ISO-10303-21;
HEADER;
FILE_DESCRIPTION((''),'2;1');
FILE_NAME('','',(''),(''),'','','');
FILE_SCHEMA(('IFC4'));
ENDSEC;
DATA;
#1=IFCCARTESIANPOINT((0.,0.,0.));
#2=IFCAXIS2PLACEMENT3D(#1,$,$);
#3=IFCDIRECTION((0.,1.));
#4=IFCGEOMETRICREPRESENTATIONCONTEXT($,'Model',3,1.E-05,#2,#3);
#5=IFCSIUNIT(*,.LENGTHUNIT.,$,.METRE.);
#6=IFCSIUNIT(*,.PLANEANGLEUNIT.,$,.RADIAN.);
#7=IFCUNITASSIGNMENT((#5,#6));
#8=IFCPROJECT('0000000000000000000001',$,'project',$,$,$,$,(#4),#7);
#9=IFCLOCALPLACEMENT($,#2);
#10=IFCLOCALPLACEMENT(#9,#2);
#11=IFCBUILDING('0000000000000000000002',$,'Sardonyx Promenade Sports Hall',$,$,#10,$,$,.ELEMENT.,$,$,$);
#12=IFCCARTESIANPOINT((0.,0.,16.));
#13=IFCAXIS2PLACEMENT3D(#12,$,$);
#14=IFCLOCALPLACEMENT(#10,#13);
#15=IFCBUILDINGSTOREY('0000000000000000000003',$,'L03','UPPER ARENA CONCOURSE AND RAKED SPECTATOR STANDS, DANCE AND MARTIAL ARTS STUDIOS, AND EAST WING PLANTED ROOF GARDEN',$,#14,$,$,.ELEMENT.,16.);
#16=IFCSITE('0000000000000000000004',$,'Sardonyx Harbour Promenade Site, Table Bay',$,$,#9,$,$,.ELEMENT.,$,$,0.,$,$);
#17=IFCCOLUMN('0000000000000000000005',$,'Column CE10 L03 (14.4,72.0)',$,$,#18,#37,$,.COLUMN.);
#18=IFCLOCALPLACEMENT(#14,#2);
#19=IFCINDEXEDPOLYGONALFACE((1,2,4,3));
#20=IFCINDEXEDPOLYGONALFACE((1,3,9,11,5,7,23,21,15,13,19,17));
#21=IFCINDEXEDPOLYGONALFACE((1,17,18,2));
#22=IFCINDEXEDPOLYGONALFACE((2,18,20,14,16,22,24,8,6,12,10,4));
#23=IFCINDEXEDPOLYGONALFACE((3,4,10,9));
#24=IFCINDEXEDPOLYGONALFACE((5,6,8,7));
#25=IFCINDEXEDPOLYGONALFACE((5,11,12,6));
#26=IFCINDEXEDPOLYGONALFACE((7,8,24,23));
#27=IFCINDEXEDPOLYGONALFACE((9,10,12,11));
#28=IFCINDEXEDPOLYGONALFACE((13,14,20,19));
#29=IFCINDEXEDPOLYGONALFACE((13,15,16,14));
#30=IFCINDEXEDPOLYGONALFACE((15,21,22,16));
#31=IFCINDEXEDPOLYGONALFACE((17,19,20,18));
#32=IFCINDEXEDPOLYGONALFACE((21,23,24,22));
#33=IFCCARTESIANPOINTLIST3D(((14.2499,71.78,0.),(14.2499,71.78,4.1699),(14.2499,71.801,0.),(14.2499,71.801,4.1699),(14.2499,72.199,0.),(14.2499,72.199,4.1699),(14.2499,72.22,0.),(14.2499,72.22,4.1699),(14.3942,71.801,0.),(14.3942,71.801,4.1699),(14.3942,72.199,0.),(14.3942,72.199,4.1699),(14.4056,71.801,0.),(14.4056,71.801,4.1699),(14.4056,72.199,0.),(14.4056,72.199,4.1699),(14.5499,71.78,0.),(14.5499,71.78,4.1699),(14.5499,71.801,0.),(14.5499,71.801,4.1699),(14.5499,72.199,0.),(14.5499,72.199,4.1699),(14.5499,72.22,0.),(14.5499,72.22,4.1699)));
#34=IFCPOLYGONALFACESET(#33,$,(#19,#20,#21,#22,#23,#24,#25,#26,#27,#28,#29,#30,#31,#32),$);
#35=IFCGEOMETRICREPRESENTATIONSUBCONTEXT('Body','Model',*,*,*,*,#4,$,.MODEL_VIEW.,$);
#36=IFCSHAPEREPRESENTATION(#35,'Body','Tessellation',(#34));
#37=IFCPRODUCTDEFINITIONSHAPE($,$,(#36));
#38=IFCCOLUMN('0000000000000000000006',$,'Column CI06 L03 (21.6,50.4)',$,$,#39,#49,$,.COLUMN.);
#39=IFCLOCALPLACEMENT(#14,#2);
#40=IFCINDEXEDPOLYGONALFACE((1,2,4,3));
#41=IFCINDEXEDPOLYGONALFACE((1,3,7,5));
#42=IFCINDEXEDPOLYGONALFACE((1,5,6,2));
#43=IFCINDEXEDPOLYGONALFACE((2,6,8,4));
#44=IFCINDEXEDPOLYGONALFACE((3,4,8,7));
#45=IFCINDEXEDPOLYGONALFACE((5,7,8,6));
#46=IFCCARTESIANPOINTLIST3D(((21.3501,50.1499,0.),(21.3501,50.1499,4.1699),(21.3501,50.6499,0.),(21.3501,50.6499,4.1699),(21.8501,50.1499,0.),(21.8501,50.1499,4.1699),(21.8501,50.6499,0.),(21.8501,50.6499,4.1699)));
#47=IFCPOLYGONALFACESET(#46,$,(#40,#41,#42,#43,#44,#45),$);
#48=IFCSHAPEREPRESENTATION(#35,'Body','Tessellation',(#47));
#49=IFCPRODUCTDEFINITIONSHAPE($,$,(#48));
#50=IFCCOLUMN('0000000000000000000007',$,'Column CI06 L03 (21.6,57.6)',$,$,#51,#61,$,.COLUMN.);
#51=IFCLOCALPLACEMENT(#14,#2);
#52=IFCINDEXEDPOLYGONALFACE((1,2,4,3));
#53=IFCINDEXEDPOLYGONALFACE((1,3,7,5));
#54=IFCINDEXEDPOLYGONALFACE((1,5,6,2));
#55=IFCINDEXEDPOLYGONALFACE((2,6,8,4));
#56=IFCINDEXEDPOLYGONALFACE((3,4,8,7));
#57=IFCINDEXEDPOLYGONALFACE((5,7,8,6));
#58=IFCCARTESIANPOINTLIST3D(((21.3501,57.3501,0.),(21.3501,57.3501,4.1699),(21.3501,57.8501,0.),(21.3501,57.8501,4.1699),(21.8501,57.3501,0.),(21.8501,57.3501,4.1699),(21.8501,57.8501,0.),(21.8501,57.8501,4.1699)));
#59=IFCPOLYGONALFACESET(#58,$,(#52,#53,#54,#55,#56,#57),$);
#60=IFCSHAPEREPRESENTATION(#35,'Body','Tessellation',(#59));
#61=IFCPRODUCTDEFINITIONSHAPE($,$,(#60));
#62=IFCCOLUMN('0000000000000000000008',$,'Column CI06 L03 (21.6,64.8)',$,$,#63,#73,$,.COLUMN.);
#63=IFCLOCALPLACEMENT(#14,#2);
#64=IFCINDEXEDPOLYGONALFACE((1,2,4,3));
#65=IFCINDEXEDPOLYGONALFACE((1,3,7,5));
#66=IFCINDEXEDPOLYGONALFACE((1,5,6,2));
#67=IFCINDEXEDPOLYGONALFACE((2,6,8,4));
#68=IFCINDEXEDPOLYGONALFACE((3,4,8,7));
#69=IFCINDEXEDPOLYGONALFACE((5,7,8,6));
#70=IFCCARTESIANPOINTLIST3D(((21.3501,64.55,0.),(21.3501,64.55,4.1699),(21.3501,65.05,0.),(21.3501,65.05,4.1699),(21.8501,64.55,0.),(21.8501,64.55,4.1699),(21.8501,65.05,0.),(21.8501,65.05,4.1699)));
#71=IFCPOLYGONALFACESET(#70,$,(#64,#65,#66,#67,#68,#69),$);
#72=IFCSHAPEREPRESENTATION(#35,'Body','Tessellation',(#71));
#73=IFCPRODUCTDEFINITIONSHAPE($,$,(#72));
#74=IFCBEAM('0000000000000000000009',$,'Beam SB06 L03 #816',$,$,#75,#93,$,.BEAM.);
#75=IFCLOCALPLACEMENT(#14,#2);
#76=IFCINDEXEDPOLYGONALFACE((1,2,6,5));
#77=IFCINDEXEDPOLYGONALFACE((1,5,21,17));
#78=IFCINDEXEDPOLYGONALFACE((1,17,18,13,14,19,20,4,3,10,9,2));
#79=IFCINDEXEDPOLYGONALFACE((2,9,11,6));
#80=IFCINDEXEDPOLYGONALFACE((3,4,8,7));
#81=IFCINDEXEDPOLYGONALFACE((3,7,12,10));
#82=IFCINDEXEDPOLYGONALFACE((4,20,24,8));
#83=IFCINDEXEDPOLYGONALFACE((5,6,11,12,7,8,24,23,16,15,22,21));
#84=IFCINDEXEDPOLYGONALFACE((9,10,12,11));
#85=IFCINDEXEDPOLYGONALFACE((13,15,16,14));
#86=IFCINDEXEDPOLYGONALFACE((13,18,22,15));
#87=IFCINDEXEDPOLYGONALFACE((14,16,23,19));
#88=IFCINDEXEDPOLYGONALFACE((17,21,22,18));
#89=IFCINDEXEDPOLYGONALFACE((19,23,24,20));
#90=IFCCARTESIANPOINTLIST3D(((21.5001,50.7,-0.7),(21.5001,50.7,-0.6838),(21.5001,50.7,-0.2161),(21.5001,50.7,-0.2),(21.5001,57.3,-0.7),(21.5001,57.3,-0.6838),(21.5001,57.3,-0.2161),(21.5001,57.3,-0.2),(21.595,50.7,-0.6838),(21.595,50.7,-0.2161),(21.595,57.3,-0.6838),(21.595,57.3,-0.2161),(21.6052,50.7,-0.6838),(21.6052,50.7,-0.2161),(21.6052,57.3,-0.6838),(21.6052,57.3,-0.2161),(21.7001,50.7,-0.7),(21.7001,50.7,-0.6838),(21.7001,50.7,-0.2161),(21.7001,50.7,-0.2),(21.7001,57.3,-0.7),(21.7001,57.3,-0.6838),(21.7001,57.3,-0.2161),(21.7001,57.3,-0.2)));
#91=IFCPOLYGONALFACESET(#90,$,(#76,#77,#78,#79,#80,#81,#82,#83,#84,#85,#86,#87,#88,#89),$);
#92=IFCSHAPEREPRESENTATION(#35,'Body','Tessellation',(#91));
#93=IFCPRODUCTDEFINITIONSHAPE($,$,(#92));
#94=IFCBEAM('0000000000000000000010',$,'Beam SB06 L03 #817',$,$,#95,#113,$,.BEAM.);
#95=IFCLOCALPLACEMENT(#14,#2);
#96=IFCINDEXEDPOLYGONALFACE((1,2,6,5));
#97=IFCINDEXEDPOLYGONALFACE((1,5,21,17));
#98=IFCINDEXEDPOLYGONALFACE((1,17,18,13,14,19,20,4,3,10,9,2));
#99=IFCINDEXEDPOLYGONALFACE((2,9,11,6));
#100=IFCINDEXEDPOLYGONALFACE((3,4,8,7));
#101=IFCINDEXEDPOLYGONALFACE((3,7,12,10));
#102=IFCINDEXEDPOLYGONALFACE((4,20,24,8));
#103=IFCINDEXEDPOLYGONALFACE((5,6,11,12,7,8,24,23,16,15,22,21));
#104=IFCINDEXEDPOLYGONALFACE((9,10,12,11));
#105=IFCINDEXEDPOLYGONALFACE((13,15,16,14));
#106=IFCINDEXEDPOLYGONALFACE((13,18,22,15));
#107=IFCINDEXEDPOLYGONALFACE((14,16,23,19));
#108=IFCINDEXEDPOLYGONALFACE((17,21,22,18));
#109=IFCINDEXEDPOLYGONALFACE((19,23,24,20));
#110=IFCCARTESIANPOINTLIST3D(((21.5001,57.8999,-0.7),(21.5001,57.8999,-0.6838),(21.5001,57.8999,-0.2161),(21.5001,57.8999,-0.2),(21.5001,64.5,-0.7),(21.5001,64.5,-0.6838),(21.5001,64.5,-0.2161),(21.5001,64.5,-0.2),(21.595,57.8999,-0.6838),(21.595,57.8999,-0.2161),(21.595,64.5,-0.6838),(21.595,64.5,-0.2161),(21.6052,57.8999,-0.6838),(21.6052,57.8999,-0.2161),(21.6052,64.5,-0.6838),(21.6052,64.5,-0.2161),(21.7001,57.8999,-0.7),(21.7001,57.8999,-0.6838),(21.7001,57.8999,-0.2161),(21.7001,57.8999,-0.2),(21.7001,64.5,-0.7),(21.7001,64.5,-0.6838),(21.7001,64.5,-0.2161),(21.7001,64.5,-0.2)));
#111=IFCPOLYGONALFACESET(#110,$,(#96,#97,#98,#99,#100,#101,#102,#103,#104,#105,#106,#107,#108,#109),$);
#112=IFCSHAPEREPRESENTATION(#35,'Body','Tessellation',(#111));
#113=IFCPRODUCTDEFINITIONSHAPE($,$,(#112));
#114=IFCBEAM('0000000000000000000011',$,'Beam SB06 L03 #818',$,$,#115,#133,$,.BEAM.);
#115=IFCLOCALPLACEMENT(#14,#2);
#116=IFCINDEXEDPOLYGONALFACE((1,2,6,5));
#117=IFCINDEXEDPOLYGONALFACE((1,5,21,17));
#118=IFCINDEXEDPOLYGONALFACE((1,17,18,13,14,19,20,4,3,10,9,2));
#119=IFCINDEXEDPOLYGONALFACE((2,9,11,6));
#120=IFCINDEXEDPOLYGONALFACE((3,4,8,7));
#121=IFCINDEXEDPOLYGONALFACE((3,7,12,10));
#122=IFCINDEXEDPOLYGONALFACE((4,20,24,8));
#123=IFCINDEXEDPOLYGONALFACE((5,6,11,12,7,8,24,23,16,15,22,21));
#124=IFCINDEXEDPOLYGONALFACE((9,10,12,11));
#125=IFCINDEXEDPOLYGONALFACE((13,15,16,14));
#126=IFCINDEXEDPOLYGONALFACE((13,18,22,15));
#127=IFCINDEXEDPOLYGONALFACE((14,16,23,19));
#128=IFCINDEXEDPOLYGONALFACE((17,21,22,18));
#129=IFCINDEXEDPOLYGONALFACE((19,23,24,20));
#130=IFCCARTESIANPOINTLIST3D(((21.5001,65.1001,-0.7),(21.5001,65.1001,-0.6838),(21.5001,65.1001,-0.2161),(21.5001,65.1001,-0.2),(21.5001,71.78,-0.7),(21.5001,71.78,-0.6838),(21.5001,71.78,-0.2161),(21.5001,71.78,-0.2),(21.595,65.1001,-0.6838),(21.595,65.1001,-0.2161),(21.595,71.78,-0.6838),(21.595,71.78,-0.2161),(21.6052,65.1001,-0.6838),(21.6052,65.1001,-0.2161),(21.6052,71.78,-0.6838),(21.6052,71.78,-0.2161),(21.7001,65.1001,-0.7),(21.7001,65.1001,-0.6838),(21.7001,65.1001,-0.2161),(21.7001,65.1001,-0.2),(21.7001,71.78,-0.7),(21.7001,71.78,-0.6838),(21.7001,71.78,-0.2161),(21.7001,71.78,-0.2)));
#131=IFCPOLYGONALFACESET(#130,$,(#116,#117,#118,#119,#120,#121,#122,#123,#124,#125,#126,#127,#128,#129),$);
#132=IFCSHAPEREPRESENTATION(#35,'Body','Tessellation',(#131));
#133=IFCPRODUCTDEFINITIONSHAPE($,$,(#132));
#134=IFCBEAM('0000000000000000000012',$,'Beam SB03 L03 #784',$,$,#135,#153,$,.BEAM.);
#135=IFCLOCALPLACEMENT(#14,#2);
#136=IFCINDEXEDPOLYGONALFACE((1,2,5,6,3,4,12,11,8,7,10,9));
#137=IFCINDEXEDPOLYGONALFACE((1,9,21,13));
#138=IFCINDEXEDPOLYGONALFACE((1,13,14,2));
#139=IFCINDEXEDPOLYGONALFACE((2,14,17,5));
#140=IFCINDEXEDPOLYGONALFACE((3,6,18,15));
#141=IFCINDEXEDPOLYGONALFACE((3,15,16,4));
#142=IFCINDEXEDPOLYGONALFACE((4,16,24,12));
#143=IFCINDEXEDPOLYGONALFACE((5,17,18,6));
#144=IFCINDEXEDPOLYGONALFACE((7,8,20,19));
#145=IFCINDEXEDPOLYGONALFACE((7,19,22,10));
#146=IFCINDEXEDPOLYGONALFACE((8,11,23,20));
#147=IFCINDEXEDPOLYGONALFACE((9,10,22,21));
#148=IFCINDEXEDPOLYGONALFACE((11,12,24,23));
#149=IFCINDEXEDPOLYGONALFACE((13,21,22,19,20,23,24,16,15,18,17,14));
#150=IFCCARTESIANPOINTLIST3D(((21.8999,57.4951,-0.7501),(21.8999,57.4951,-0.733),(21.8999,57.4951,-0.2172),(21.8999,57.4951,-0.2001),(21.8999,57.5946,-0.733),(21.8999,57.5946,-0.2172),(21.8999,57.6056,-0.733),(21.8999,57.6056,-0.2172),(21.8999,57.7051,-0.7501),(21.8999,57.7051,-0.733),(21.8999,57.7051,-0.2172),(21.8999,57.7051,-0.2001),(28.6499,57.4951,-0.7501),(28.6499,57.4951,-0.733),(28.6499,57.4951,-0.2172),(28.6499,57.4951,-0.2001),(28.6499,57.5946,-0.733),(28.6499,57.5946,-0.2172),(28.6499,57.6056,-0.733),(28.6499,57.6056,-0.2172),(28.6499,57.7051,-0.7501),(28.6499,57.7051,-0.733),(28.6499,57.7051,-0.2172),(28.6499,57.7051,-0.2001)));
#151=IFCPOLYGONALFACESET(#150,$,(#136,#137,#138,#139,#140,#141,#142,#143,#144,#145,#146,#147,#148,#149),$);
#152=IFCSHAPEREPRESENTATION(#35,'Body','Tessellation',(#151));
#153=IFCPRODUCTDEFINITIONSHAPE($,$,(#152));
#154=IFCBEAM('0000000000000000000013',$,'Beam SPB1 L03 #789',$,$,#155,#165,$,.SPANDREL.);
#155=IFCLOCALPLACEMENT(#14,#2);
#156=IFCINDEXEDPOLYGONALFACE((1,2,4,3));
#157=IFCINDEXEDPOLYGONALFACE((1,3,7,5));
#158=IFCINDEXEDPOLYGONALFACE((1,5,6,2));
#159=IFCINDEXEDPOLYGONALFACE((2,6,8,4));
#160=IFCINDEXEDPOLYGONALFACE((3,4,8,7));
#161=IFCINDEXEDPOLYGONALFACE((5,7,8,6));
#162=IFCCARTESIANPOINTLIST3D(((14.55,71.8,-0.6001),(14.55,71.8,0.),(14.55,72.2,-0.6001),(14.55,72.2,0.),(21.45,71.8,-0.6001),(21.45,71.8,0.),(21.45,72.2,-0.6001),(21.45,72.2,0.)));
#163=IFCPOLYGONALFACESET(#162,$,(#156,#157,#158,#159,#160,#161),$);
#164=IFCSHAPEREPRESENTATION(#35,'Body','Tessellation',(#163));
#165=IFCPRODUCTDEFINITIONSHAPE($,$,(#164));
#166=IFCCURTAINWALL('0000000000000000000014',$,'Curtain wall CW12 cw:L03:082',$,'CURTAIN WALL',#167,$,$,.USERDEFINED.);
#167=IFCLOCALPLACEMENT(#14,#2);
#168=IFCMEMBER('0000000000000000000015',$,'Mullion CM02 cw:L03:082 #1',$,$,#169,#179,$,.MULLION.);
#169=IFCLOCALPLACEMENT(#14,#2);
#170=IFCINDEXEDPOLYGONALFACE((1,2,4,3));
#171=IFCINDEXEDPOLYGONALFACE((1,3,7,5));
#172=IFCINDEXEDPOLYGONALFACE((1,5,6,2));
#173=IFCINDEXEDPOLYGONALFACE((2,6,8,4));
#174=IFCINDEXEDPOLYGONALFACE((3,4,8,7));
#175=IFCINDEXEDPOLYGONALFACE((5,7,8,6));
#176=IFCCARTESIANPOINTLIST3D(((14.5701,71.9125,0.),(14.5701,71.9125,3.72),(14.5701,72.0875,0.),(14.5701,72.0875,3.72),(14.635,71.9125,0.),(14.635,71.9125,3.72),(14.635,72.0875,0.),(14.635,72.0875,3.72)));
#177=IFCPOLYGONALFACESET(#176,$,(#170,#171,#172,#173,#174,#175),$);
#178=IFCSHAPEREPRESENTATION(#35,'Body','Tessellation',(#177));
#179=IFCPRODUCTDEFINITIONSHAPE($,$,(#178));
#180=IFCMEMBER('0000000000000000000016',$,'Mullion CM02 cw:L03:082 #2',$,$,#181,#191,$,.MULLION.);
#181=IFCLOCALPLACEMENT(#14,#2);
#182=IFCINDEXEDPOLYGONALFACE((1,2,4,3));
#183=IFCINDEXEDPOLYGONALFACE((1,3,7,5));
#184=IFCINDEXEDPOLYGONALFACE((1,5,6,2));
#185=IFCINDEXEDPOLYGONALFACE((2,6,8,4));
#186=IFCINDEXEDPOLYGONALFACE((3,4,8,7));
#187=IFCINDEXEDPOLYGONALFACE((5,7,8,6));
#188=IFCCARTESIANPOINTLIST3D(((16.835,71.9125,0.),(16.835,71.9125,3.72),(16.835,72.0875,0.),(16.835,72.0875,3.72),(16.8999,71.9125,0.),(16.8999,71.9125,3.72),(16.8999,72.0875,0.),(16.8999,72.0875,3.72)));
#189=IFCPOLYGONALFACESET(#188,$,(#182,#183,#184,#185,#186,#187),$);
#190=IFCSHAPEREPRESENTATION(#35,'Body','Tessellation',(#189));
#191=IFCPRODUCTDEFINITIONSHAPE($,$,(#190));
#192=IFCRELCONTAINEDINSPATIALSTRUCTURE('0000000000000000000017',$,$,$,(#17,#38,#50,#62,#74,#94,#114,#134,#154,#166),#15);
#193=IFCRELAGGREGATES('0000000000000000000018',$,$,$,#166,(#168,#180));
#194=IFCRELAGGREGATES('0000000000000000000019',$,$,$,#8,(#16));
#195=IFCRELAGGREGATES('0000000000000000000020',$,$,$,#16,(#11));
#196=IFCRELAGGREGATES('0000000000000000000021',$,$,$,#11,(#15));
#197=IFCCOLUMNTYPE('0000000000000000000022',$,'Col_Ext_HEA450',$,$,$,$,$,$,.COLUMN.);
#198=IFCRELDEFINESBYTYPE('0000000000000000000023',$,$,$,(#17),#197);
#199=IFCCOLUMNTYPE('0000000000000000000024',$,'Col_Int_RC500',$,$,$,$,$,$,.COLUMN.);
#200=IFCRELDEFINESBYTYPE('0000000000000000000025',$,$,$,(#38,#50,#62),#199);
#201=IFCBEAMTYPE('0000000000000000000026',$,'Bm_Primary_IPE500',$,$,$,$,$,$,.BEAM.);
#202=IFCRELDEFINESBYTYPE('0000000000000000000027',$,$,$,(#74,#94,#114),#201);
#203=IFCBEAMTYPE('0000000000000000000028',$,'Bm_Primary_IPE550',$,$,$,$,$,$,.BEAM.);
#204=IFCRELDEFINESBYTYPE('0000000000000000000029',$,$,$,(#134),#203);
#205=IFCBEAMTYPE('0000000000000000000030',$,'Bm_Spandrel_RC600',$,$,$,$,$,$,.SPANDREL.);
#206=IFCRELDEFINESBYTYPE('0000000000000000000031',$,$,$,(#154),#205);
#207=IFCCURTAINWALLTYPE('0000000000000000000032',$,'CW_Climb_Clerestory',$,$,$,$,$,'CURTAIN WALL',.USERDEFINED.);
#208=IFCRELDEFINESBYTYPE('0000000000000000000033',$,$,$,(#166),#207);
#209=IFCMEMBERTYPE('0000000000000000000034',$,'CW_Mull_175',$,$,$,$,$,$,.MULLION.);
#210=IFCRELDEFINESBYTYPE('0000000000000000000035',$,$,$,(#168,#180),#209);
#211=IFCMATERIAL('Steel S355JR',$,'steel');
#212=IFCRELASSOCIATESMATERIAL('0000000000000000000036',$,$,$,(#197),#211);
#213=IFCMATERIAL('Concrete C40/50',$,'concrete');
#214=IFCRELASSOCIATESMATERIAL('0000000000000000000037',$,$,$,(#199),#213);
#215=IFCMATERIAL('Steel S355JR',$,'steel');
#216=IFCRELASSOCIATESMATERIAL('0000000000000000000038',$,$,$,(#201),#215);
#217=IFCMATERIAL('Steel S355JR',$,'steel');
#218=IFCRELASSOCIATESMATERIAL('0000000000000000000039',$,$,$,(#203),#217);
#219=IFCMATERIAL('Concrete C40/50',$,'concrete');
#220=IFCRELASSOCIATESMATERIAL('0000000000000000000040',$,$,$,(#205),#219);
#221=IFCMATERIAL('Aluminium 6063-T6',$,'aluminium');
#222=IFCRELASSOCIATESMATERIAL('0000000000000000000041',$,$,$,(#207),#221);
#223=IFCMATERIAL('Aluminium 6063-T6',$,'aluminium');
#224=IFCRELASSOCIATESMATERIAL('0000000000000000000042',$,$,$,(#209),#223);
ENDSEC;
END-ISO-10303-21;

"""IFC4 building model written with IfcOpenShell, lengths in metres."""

from ifc_helpers import new_model, si_unit, direction, frame, origin, origin_2d, place, context, subcontext, project, spatial, rectangle, i_section, extrude, material, material_profile, profile_set, type_object, element, aggregate, save


model = new_model("IFC4")

# Units and contexts
model_context = context("Model", 3, precision=1e-05, world=origin(), true_north=direction((0.0, 1.0)))
body_context = subcontext(model_context, "Body", "Model", "MODEL_VIEW")
ifc_project = project(units=[si_unit("LENGTHUNIT", "METRE"), si_unit("PLANEANGLEUNIT", "RADIAN")], contexts=[model_context])

# Site, building, storey
site_placement = place(None, origin())
site = spatial("IfcSite", under=ifc_project, at=site_placement, Name="Sardonyx Harbour Promenade Site, Table Bay", CompositionType="ELEMENT", RefElevation=0.0)
building_placement = place(site_placement, origin())
building = spatial("IfcBuilding", under=site, at=building_placement, Name="Sardonyx Promenade Sports Hall", CompositionType="ELEMENT")
storey_placement = place(building_placement, frame((0.0, 0.0, 16.0)))
storey = spatial("IfcBuildingStorey", under=building, at=storey_placement, Name="L03", Description="UPPER ARENA CONCOURSE AND RAKED SPECTATOR STANDS, DANCE AND MARTIAL ARTS STUDIOS, AND EAST WING PLANTED ROOF GARDEN", CompositionType="ELEMENT", Elevation=16.0)

# Columns
ifc_material_1 = material(Name="Steel S355JR", Category="steel")
ifc_material_profile_1 = material_profile(ifc_material_1, i_section(OverallWidth=0.3, OverallDepth=0.4399, WebThickness=0.0115, FlangeThickness=0.021, at=origin_2d()))
ifc_profile_set_1 = profile_set([ifc_material_profile_1], Name="Steel S355JR")
column_type_1 = type_object("IfcColumnType", Name="Col_Ext_HEA450", PredefinedType="COLUMN", material=ifc_profile_set_1)
column_placement = place(storey_placement, frame((14.3999, 72.0, 0.0), z_axis=(0.0, 0.0, 1.0), x_axis=(1.0, 0.0, 0.0)))
element("IfcColumn", 1, at=column_placement, inside=storey, type_object=column_type_1, Name="Column CE10 L03 (14.4,72.0)", PredefinedType="COLUMN", context=body_context, shape_type="SweptSolid", body=[
    extrude(i_section(OverallWidth=0.3, OverallDepth=0.4399, WebThickness=0.0115, FlangeThickness=0.021, at=origin_2d()), origin(), (0.0, 0.0, 1.0), 4.1699),
])
ifc_material_2 = material(Name="Concrete C40/50", Category="concrete")
ifc_material_profile_2 = material_profile(ifc_material_2, rectangle(XDim=0.5, YDim=0.5, at=origin_2d()))
ifc_profile_set_2 = profile_set([ifc_material_profile_2], Name="Concrete C40/50")
column_type_2 = type_object("IfcColumnType", Name="Col_Int_RC500", PredefinedType="COLUMN", material=ifc_profile_set_2)
for number, where, z_axis, x_axis, name in (
    (2, (21.6001, 50.3999, 0.0), (0.0, 0.0, 1.0), (1.0, 0.0, 0.0), "Column CI06 L03 (21.6,50.4)"),
    (3, (21.6001, 57.6001, 0.0), (0.0, 0.0, 1.0), (1.0, 0.0, 0.0), "Column CI06 L03 (21.6,57.6)"),
    (4, (21.6001, 64.8, 0.0), (0.0, 0.0, 1.0), (1.0, 0.0, 0.0), "Column CI06 L03 (21.6,64.8)"),
):
    element("IfcColumn", number, at=place(storey_placement, frame(where, z_axis=z_axis, x_axis=x_axis)), inside=storey, type_object=column_type_2, Name=name, PredefinedType="COLUMN", context=body_context, shape_type="SweptSolid", body=[
        extrude(rectangle(XDim=0.5, YDim=0.5, at=origin_2d()), origin(), (0.0, 0.0, 1.0), 4.1699),
    ])

# Beams
ifc_material_3 = material(Name="Steel S355JR", Category="steel")
ifc_material_profile_3 = material_profile(ifc_material_3, i_section(OverallWidth=0.2, OverallDepth=0.5, WebThickness=0.0103, FlangeThickness=0.0161, at=origin_2d()))
ifc_profile_set_3 = profile_set([ifc_material_profile_3], Name="Steel S355JR")
beam_type_1 = type_object("IfcBeamType", Name="Bm_Primary_IPE500", PredefinedType="BEAM", material=ifc_profile_set_3)
for number, where, z_axis, x_axis, name in (
    (5, (21.6001, 50.7, -0.45), (0.0, 1.0, 0.0), (-1.0, 0.0, 0.0), "Beam SB06 L03 #816"),
    (6, (21.6001, 57.8999, -0.45), (0.0, 1.0, 0.0), (-1.0, 0.0, 0.0), "Beam SB06 L03 #817"),
):
    element("IfcBeam", number, at=place(storey_placement, frame(where, z_axis=z_axis, x_axis=x_axis)), inside=storey, type_object=beam_type_1, Name=name, PredefinedType="BEAM", context=body_context, shape_type="SweptSolid", body=[
        extrude(i_section(OverallWidth=0.2, OverallDepth=0.5, WebThickness=0.0103, FlangeThickness=0.0161, at=origin_2d()), origin(), (0.0, 0.0, 1.0), 6.6001),
    ])
beam_1_placement = place(storey_placement, frame((21.6001, 65.1001, -0.45), z_axis=(0.0, 1.0, 0.0), x_axis=(-1.0, 0.0, 0.0)))
element("IfcBeam", 7, at=beam_1_placement, inside=storey, type_object=beam_type_1, Name="Beam SB06 L03 #818", PredefinedType="BEAM", context=body_context, shape_type="SweptSolid", body=[
    extrude(i_section(OverallWidth=0.2, OverallDepth=0.5, WebThickness=0.0103, FlangeThickness=0.0161, at=origin_2d()), origin(), (0.0, 0.0, 1.0), 6.6799),
])
ifc_material_4 = material(Name="Steel S355JR", Category="steel")
ifc_material_profile_4 = material_profile(ifc_material_4, i_section(OverallWidth=0.21, OverallDepth=0.55, WebThickness=0.011, FlangeThickness=0.0171, at=origin_2d()))
ifc_profile_set_4 = profile_set([ifc_material_profile_4], Name="Steel S355JR")
beam_type_2 = type_object("IfcBeamType", Name="Bm_Primary_IPE550", PredefinedType="BEAM", material=ifc_profile_set_4)
beam_2_placement = place(storey_placement, frame((21.8999, 57.6001, -0.4751), z_axis=(1.0, 0.0, 0.0), x_axis=(0.0, 1.0, 0.0)))
element("IfcBeam", 8, at=beam_2_placement, inside=storey, type_object=beam_type_2, Name="Beam SB03 L03 #784", PredefinedType="BEAM", context=body_context, shape_type="SweptSolid", body=[
    extrude(i_section(OverallWidth=0.21, OverallDepth=0.55, WebThickness=0.011, FlangeThickness=0.0171, at=origin_2d()), origin(), (0.0, 0.0, 1.0), 6.75),
])
ifc_material_5 = material(Name="Concrete C40/50", Category="concrete")
ifc_material_profile_5 = material_profile(ifc_material_5, rectangle(XDim=0.3999, YDim=0.6001, at=origin_2d()))
ifc_profile_set_5 = profile_set([ifc_material_profile_5], Name="Concrete C40/50")
beam_type_3 = type_object("IfcBeamType", Name="Bm_Spandrel_RC600", PredefinedType="SPANDREL", material=ifc_profile_set_5)
beam_3_placement = place(storey_placement, frame((14.55, 72.0, -0.3), z_axis=(1.0, 0.0, 0.0), x_axis=(0.0, 1.0, 0.0)))
element("IfcBeam", 9, at=beam_3_placement, inside=storey, type_object=beam_type_3, Name="Beam SPB1 L03 #789", PredefinedType="SPANDREL", context=body_context, shape_type="SweptSolid", body=[
    extrude(rectangle(XDim=0.3999, YDim=0.6001, at=origin_2d()), origin(), (0.0, 0.0, 1.0), 6.8999),
])

# Curtain wall, members
ifc_material_6 = material(Name="Aluminium 6063-T6", Category="aluminium")
curtain_wall_type = type_object("IfcCurtainWallType", Name="CW_Climb_Clerestory", ElementType="CURTAIN WALL", PredefinedType="USERDEFINED", material=ifc_material_6)
curtain_wall_placement = place(storey_placement, origin())
curtain_wall = element("IfcCurtainWall", 10, at=curtain_wall_placement, inside=storey, type_object=curtain_wall_type, Name="Curtain wall CW12 cw:L03:082", ObjectType="CURTAIN WALL", PredefinedType="USERDEFINED")
ifc_material_7 = material(Name="Aluminium 6063-T6", Category="aluminium")
ifc_material_profile_6 = material_profile(ifc_material_7, rectangle(XDim=0.0649, YDim=0.175, at=origin_2d()))
ifc_profile_set_6 = profile_set([ifc_material_profile_6], Name="Aluminium 6063-T6")
member_type_1 = type_object("IfcMemberType", Name="CW_Mull_175", PredefinedType="MULLION", material=ifc_profile_set_6)
member_1_placement = place(storey_placement, frame((14.6025, 72.0, 0.0), z_axis=(0.0, 0.0, 1.0), x_axis=(1.0, 0.0, 0.0)))
member_1 = element("IfcMember", 11, at=member_1_placement, type_object=member_type_1, Name="Mullion CM02 cw:L03:082 #1", PredefinedType="MULLION", context=body_context, shape_type="SweptSolid", body=[
    extrude(rectangle(XDim=0.0649, YDim=0.175, at=origin_2d()), origin(), (0.0, 0.0, 1.0), 3.72),
])
member_2_placement = place(storey_placement, frame((16.8674, 72.0, 0.0), z_axis=(0.0, 0.0, 1.0), x_axis=(1.0, 0.0, 0.0)))
member_2 = element("IfcMember", 12, at=member_2_placement, type_object=member_type_1, Name="Mullion CM02 cw:L03:082 #2", PredefinedType="MULLION", context=body_context, shape_type="SweptSolid", body=[
    extrude(rectangle(XDim=0.0649, YDim=0.175, at=origin_2d()), origin(), (0.0, 0.0, 1.0), 3.72),
])
aggregate(curtain_wall, [member_1, member_2])

save(model, "model.ifc")
